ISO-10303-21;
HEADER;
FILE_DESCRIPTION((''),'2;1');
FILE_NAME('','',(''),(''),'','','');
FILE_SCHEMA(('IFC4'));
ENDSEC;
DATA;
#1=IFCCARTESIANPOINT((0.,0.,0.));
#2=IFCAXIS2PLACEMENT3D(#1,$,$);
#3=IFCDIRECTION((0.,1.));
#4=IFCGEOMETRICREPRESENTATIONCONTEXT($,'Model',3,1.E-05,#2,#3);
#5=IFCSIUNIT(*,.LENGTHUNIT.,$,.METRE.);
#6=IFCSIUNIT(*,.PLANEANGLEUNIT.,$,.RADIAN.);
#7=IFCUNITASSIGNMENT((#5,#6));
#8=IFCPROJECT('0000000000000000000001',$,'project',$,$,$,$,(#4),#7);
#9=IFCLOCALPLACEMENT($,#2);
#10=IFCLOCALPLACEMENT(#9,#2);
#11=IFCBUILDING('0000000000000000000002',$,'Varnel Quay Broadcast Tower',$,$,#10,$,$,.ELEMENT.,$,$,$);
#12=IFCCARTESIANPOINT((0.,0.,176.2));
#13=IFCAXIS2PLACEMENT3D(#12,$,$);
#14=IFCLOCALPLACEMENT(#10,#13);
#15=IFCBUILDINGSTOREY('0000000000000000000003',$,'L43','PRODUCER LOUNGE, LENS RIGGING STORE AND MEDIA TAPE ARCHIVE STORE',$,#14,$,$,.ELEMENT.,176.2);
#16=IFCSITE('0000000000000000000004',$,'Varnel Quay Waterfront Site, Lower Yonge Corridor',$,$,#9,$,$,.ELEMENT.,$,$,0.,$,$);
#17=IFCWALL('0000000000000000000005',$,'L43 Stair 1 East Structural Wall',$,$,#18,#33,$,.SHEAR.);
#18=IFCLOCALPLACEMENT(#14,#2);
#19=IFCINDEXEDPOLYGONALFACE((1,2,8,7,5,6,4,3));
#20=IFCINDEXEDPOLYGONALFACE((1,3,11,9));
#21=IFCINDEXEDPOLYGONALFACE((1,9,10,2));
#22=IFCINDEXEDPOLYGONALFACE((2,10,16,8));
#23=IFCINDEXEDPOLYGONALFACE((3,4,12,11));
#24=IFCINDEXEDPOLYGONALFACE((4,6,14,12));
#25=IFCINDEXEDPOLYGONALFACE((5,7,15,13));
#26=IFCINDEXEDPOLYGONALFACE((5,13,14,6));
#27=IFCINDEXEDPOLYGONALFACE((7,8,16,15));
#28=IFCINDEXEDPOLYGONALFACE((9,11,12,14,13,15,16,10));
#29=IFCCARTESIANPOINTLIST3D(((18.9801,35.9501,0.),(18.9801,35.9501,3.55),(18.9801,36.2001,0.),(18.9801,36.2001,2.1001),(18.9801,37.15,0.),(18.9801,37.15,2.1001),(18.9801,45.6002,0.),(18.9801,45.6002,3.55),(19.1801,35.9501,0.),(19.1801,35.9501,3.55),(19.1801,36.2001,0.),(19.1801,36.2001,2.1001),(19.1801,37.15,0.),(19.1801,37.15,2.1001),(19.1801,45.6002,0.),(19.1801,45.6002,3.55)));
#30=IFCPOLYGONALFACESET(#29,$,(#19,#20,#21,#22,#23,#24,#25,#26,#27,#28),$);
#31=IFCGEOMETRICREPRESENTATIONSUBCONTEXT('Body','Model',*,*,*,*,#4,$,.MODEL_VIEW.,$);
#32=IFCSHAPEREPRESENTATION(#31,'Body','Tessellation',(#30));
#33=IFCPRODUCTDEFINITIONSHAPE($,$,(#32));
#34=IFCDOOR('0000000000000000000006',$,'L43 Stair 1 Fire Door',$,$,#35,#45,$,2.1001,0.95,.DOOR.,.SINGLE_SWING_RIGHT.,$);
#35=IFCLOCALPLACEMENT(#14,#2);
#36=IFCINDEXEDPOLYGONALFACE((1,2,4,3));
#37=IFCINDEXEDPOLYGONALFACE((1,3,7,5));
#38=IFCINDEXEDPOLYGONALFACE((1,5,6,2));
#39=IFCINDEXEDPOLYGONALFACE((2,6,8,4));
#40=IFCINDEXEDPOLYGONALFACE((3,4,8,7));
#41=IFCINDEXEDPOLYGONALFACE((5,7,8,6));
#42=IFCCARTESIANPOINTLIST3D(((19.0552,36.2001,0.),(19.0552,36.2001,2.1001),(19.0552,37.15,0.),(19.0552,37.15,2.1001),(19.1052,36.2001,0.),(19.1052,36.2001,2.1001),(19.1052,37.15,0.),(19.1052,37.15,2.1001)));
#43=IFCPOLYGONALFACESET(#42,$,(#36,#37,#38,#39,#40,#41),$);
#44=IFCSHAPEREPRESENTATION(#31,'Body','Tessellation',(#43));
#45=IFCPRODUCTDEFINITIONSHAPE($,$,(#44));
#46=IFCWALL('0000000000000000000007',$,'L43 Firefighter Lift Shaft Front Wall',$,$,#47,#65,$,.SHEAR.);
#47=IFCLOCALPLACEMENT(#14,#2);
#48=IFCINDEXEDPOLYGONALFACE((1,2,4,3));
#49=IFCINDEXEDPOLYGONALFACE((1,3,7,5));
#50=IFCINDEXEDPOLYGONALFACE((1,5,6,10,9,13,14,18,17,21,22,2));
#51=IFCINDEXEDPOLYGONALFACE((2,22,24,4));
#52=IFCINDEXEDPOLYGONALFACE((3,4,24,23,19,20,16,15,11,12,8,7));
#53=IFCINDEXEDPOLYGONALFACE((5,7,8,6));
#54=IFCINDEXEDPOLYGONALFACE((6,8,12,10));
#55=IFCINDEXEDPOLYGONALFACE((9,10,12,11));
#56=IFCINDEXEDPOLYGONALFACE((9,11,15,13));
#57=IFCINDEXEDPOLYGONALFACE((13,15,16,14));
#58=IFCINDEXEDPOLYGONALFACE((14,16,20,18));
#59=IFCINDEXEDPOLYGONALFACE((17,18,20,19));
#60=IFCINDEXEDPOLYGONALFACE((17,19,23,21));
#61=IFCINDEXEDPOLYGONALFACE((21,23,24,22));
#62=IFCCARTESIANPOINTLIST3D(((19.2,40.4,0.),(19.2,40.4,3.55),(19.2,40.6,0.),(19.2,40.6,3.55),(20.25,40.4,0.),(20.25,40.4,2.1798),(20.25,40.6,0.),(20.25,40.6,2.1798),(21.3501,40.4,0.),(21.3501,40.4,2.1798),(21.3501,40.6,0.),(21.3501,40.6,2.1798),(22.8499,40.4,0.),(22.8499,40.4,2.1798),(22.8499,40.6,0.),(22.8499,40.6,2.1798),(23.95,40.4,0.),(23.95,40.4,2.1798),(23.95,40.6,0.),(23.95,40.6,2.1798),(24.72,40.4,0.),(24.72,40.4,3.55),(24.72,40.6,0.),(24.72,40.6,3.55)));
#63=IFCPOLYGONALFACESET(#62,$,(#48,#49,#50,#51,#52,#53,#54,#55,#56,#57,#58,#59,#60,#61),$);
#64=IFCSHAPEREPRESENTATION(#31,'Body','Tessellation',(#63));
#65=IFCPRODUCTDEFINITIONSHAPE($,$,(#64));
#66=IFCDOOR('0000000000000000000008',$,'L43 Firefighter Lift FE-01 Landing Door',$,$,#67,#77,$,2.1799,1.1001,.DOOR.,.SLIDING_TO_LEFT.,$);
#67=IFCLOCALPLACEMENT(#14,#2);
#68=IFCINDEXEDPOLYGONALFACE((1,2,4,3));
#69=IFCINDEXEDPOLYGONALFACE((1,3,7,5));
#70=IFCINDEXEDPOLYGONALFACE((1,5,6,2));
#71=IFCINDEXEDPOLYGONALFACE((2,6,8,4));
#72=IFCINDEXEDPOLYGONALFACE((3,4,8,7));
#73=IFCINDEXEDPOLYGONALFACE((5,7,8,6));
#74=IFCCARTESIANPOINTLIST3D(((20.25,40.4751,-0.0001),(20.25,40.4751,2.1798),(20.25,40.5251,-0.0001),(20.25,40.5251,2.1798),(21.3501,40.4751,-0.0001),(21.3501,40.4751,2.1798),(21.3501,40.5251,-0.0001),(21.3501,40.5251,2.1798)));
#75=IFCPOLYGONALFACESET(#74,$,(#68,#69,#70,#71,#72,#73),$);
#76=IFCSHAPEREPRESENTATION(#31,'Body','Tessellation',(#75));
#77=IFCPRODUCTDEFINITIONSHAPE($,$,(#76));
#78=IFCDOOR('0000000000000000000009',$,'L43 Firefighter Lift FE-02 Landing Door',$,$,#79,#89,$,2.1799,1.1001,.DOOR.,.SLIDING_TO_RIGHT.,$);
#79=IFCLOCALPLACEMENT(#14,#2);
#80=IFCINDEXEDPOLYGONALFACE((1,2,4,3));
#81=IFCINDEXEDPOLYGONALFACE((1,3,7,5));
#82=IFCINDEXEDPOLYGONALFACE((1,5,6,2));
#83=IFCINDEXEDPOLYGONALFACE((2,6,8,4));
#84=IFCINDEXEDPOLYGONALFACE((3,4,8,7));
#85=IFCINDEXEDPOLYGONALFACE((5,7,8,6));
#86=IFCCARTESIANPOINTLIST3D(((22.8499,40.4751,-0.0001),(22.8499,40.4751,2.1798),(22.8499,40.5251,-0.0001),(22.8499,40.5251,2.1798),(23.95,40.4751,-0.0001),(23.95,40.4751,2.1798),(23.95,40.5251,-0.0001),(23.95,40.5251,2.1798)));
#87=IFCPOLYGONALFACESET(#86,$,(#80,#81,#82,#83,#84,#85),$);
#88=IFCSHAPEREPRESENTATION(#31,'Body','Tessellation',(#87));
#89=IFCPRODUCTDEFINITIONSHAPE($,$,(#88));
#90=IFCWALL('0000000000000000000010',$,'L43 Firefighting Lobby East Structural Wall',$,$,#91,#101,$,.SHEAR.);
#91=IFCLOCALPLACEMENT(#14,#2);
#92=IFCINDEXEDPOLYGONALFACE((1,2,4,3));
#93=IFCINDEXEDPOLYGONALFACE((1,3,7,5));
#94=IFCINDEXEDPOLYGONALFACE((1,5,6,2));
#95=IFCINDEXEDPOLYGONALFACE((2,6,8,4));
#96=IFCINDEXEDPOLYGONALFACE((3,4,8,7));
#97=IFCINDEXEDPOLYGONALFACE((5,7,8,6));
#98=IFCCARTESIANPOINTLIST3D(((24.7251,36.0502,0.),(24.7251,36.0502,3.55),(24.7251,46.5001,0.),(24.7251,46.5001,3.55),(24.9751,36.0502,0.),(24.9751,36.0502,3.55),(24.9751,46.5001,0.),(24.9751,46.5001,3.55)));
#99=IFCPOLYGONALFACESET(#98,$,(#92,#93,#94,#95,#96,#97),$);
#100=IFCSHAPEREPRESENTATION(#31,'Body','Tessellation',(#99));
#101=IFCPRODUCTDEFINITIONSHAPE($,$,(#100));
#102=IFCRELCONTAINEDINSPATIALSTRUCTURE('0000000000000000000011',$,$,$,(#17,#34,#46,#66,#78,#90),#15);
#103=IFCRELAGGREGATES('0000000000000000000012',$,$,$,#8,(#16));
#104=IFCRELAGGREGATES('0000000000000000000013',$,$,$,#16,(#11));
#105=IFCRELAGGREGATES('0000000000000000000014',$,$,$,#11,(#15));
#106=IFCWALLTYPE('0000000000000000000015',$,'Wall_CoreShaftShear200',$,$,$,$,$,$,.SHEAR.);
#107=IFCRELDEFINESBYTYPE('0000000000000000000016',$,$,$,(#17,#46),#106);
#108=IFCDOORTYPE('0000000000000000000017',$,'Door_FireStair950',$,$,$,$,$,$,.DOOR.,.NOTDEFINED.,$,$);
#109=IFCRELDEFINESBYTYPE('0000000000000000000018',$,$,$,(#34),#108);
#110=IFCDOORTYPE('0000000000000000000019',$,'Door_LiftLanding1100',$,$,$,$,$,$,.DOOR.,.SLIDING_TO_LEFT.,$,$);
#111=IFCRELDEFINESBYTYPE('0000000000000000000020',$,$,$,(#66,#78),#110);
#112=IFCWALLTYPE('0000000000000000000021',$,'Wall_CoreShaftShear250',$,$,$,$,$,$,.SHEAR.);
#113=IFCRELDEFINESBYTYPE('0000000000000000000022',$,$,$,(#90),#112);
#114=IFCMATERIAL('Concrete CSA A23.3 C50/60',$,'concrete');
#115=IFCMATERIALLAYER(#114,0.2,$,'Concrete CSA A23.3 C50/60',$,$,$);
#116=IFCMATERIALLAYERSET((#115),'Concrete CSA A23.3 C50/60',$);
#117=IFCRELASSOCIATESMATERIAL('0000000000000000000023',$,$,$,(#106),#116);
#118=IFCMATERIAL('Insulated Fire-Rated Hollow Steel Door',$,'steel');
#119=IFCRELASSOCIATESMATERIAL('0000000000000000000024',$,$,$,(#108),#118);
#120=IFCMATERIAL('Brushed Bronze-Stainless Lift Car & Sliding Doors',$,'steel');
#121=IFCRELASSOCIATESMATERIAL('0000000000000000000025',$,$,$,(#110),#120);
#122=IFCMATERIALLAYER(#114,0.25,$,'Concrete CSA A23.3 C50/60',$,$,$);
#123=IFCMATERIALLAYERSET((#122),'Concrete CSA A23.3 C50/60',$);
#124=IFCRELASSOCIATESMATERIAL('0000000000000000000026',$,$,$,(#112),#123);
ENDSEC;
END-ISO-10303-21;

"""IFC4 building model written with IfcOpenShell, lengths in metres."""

from ifc_helpers import new_model, si_unit, direction, frame, frame_2d, origin, place, context, subcontext, project, spatial, rectangle, extrude, source, transform, mapped, material, layer, layer_set, type_object, type_shapes, element, fill, save


model = new_model("IFC4")

# Units and contexts
model_context = context("Model", 3, precision=1e-05, world=origin(), true_north=direction((0.0, 1.0)))
body_context = subcontext(model_context, "Body", "Model", "MODEL_VIEW")
ifc_project = project(units=[si_unit("LENGTHUNIT", "METRE"), si_unit("PLANEANGLEUNIT", "RADIAN")], contexts=[model_context])

# Site, building, storey
site_placement = place(None, origin())
site = spatial("IfcSite", under=ifc_project, at=site_placement, Name="Varnel Quay Waterfront Site, Lower Yonge Corridor", CompositionType="ELEMENT", RefElevation=0.0)
building_placement = place(site_placement, origin())
building = spatial("IfcBuilding", under=site, at=building_placement, Name="Varnel Quay Broadcast Tower", CompositionType="ELEMENT")
storey_placement = place(building_placement, frame((0.0, 0.0, 176.2)))
storey = spatial("IfcBuildingStorey", under=building, at=storey_placement, Name="L43", Description="PRODUCER LOUNGE, LENS RIGGING STORE AND MEDIA TAPE ARCHIVE STORE", CompositionType="ELEMENT", Elevation=176.2)

# Wall, opening, door
ifc_material_1 = material(Name="Concrete CSA A23.3 C50/60", Category="concrete")
ifc_layer_1 = layer(ifc_material_1, 0.2, Name="Concrete CSA A23.3 C50/60")
ifc_layer_set_1 = layer_set([ifc_layer_1], Name="Concrete CSA A23.3 C50/60")
wall_type_1 = type_object("IfcWallType", Name="Wall_CoreShaftShear200", PredefinedType="SHEAR", material=ifc_layer_set_1)
wall_1_placement = place(storey_placement, frame((19.0801, 35.95, 0.0), z_axis=(0.0, 0.0, 1.0), x_axis=(0.0, 1.0, 0.0)))
wall_1 = element("IfcWall", 1, at=wall_1_placement, inside=storey, type_object=wall_type_1, Name="L43 Stair 1 East Structural Wall", PredefinedType="SHEAR", context=body_context, shape_type="SweptSolid", body=[
    extrude(rectangle(XDim=9.6501, YDim=0.2, at=frame_2d((4.8252, 0.0))), origin(), (0.0, 0.0, 1.0), 3.55),
])
opening_1_placement = place(wall_1_placement, frame((0.25, 0.0, 0.0)))
opening_1 = element("IfcOpeningElement", 2, at=opening_1_placement, cuts=wall_1, PredefinedType="OPENING", context=body_context, shape_type="SweptSolid", body=[
    extrude(rectangle(XDim=0.95, YDim=2.1001, at=frame_2d((0.4751, 1.05))), frame((0.0, 0.1099, 0.0), z_axis=(0.0, -1.0, 0.0), x_axis=(1.0, 0.0, 0.0)), (0.0, 0.0, 1.0), 0.22),
])
ifc_material_2 = material(Name="Insulated Fire-Rated Hollow Steel Door", Category="steel")
door_type_1 = type_object("IfcDoorType", Name="Door_FireStair950", OperationType="NOTDEFINED", PredefinedType="DOOR", material=ifc_material_2)
shared_shape_1 = source(origin(), body_context, "Body", "SweptSolid", [
    extrude(rectangle(XDim=0.95, YDim=2.1001, at=frame_2d((0.4751, 1.05))), frame((0.0, 0.0249, 0.0), z_axis=(0.0, -1.0, 0.0), x_axis=(1.0, 0.0, 0.0)), (0.0, 0.0, 1.0), 0.05),
])
type_shapes(door_type_1, [shared_shape_1])
door_1_placement = place(opening_1_placement, origin())
door_1 = element("IfcDoor", 3, at=door_1_placement, inside=storey, type_object=door_type_1, Name="L43 Stair 1 Fire Door", OperationType="SINGLE_SWING_RIGHT", OverallHeight=2.1001, OverallWidth=0.95, PredefinedType="DOOR", context=body_context, shape_type="MappedRepresentation", body=[
    mapped(shared_shape_1, transform((0.0, 0.0, 0.0), x_axis=(1.0, 0.0, 0.0), y_axis=(0.0, 1.0, 0.0), z_axis=(0.0, 0.0, 1.0), scale=1.0)),
])
fill(opening_1, door_1)

# Wall, openings, doors
wall_2_placement = place(storey_placement, frame((19.2, 40.5, 0.0), z_axis=(0.0, 0.0, 1.0), x_axis=(1.0, 0.0, 0.0)))
wall_2 = element("IfcWall", 4, at=wall_2_placement, inside=storey, type_object=wall_type_1, Name="L43 Firefighter Lift Shaft Front Wall", PredefinedType="SHEAR", context=body_context, shape_type="SweptSolid", body=[
    extrude(rectangle(XDim=5.52, YDim=0.2, at=frame_2d((2.76, 0.0))), origin(), (0.0, 0.0, 1.0), 3.55),
])
opening_2_placement = place(wall_2_placement, frame((1.05, 0.0, 0.0)))
opening_2 = element("IfcOpeningElement", 5, at=opening_2_placement, cuts=wall_2, PredefinedType="OPENING", context=body_context, shape_type="SweptSolid", body=[
    extrude(rectangle(XDim=1.1001, YDim=2.1799, at=frame_2d((0.55, 1.0898))), frame((0.0, 0.1099, 0.0), z_axis=(0.0, -1.0, 0.0), x_axis=(1.0, 0.0, 0.0)), (0.0, 0.0, 1.0), 0.22),
])
opening_3_placement = place(wall_2_placement, frame((3.6499, 0.0, 0.0)))
opening_3 = element("IfcOpeningElement", 6, at=opening_3_placement, cuts=wall_2, PredefinedType="OPENING", context=body_context, shape_type="SweptSolid", body=[
    extrude(rectangle(XDim=1.1001, YDim=2.1799, at=frame_2d((0.55, 1.0898))), frame((0.0, 0.1099, 0.0), z_axis=(0.0, -1.0, 0.0), x_axis=(1.0, 0.0, 0.0)), (0.0, 0.0, 1.0), 0.22),
])
ifc_material_3 = material(Name="Brushed Bronze-Stainless Lift Car & Sliding Doors", Category="steel")
door_type_2 = type_object("IfcDoorType", Name="Door_LiftLanding1100", OperationType="SLIDING_TO_LEFT", PredefinedType="DOOR", material=ifc_material_3)
shared_shape_2 = source(origin(), body_context, "Body", "SweptSolid", [
    extrude(rectangle(XDim=1.1001, YDim=2.1799, at=frame_2d((0.55, 1.0898))), frame((0.0, 0.0249, 0.0), z_axis=(0.0, -1.0, 0.0), x_axis=(1.0, 0.0, 0.0)), (0.0, 0.0, 1.0), 0.05),
])
type_shapes(door_type_2, [shared_shape_2])
door_2_placement = place(opening_2_placement, frame((1.1001, 0.0, 0.0), z_axis=(0.0, 0.0, 1.0), x_axis=(-1.0, 0.0, 0.0)))
door_2 = element("IfcDoor", 7, at=door_2_placement, inside=storey, type_object=door_type_2, Name="L43 Firefighter Lift FE-01 Landing Door", OperationType="SLIDING_TO_LEFT", OverallHeight=2.1799, OverallWidth=1.1001, PredefinedType="DOOR", context=body_context, shape_type="MappedRepresentation", body=[
    mapped(shared_shape_2, transform((0.0, 0.0, 0.0), x_axis=(1.0, 0.0, 0.0), y_axis=(0.0, 1.0, 0.0), z_axis=(0.0, 0.0, 1.0), scale=1.0)),
])
fill(opening_2, door_2)
door_3_placement = place(opening_3_placement, frame((1.1001, 0.0, 0.0), z_axis=(0.0, 0.0, 1.0), x_axis=(-1.0, 0.0, 0.0)))
door_3 = element("IfcDoor", 8, at=door_3_placement, inside=storey, type_object=door_type_2, Name="L43 Firefighter Lift FE-02 Landing Door", OperationType="SLIDING_TO_RIGHT", OverallHeight=2.1799, OverallWidth=1.1001, PredefinedType="DOOR", context=body_context, shape_type="MappedRepresentation", body=[
    mapped(shared_shape_2, transform((0.0, 0.0, 0.0), x_axis=(1.0, 0.0, 0.0), y_axis=(0.0, 1.0, 0.0), z_axis=(0.0, 0.0, 1.0), scale=1.0)),
])
fill(opening_3, door_3)

# Wall
ifc_layer_2 = layer(ifc_material_1, 0.25, Name="Concrete CSA A23.3 C50/60")
ifc_layer_set_2 = layer_set([ifc_layer_2], Name="Concrete CSA A23.3 C50/60")
wall_type_2 = type_object("IfcWallType", Name="Wall_CoreShaftShear250", PredefinedType="SHEAR", material=ifc_layer_set_2)
wall_3_placement = place(storey_placement, frame((24.8501, 36.05, 0.0), z_axis=(0.0, 0.0, 1.0), x_axis=(0.0, 1.0, 0.0)))
element("IfcWall", 9, at=wall_3_placement, inside=storey, type_object=wall_type_2, Name="L43 Firefighting Lobby East Structural Wall", PredefinedType="SHEAR", context=body_context, shape_type="SweptSolid", body=[
    extrude(rectangle(XDim=10.45, YDim=0.25, at=frame_2d((5.2251, 0.0))), origin(), (0.0, 0.0, 1.0), 3.55),
])

save(model, "model.ifc")
